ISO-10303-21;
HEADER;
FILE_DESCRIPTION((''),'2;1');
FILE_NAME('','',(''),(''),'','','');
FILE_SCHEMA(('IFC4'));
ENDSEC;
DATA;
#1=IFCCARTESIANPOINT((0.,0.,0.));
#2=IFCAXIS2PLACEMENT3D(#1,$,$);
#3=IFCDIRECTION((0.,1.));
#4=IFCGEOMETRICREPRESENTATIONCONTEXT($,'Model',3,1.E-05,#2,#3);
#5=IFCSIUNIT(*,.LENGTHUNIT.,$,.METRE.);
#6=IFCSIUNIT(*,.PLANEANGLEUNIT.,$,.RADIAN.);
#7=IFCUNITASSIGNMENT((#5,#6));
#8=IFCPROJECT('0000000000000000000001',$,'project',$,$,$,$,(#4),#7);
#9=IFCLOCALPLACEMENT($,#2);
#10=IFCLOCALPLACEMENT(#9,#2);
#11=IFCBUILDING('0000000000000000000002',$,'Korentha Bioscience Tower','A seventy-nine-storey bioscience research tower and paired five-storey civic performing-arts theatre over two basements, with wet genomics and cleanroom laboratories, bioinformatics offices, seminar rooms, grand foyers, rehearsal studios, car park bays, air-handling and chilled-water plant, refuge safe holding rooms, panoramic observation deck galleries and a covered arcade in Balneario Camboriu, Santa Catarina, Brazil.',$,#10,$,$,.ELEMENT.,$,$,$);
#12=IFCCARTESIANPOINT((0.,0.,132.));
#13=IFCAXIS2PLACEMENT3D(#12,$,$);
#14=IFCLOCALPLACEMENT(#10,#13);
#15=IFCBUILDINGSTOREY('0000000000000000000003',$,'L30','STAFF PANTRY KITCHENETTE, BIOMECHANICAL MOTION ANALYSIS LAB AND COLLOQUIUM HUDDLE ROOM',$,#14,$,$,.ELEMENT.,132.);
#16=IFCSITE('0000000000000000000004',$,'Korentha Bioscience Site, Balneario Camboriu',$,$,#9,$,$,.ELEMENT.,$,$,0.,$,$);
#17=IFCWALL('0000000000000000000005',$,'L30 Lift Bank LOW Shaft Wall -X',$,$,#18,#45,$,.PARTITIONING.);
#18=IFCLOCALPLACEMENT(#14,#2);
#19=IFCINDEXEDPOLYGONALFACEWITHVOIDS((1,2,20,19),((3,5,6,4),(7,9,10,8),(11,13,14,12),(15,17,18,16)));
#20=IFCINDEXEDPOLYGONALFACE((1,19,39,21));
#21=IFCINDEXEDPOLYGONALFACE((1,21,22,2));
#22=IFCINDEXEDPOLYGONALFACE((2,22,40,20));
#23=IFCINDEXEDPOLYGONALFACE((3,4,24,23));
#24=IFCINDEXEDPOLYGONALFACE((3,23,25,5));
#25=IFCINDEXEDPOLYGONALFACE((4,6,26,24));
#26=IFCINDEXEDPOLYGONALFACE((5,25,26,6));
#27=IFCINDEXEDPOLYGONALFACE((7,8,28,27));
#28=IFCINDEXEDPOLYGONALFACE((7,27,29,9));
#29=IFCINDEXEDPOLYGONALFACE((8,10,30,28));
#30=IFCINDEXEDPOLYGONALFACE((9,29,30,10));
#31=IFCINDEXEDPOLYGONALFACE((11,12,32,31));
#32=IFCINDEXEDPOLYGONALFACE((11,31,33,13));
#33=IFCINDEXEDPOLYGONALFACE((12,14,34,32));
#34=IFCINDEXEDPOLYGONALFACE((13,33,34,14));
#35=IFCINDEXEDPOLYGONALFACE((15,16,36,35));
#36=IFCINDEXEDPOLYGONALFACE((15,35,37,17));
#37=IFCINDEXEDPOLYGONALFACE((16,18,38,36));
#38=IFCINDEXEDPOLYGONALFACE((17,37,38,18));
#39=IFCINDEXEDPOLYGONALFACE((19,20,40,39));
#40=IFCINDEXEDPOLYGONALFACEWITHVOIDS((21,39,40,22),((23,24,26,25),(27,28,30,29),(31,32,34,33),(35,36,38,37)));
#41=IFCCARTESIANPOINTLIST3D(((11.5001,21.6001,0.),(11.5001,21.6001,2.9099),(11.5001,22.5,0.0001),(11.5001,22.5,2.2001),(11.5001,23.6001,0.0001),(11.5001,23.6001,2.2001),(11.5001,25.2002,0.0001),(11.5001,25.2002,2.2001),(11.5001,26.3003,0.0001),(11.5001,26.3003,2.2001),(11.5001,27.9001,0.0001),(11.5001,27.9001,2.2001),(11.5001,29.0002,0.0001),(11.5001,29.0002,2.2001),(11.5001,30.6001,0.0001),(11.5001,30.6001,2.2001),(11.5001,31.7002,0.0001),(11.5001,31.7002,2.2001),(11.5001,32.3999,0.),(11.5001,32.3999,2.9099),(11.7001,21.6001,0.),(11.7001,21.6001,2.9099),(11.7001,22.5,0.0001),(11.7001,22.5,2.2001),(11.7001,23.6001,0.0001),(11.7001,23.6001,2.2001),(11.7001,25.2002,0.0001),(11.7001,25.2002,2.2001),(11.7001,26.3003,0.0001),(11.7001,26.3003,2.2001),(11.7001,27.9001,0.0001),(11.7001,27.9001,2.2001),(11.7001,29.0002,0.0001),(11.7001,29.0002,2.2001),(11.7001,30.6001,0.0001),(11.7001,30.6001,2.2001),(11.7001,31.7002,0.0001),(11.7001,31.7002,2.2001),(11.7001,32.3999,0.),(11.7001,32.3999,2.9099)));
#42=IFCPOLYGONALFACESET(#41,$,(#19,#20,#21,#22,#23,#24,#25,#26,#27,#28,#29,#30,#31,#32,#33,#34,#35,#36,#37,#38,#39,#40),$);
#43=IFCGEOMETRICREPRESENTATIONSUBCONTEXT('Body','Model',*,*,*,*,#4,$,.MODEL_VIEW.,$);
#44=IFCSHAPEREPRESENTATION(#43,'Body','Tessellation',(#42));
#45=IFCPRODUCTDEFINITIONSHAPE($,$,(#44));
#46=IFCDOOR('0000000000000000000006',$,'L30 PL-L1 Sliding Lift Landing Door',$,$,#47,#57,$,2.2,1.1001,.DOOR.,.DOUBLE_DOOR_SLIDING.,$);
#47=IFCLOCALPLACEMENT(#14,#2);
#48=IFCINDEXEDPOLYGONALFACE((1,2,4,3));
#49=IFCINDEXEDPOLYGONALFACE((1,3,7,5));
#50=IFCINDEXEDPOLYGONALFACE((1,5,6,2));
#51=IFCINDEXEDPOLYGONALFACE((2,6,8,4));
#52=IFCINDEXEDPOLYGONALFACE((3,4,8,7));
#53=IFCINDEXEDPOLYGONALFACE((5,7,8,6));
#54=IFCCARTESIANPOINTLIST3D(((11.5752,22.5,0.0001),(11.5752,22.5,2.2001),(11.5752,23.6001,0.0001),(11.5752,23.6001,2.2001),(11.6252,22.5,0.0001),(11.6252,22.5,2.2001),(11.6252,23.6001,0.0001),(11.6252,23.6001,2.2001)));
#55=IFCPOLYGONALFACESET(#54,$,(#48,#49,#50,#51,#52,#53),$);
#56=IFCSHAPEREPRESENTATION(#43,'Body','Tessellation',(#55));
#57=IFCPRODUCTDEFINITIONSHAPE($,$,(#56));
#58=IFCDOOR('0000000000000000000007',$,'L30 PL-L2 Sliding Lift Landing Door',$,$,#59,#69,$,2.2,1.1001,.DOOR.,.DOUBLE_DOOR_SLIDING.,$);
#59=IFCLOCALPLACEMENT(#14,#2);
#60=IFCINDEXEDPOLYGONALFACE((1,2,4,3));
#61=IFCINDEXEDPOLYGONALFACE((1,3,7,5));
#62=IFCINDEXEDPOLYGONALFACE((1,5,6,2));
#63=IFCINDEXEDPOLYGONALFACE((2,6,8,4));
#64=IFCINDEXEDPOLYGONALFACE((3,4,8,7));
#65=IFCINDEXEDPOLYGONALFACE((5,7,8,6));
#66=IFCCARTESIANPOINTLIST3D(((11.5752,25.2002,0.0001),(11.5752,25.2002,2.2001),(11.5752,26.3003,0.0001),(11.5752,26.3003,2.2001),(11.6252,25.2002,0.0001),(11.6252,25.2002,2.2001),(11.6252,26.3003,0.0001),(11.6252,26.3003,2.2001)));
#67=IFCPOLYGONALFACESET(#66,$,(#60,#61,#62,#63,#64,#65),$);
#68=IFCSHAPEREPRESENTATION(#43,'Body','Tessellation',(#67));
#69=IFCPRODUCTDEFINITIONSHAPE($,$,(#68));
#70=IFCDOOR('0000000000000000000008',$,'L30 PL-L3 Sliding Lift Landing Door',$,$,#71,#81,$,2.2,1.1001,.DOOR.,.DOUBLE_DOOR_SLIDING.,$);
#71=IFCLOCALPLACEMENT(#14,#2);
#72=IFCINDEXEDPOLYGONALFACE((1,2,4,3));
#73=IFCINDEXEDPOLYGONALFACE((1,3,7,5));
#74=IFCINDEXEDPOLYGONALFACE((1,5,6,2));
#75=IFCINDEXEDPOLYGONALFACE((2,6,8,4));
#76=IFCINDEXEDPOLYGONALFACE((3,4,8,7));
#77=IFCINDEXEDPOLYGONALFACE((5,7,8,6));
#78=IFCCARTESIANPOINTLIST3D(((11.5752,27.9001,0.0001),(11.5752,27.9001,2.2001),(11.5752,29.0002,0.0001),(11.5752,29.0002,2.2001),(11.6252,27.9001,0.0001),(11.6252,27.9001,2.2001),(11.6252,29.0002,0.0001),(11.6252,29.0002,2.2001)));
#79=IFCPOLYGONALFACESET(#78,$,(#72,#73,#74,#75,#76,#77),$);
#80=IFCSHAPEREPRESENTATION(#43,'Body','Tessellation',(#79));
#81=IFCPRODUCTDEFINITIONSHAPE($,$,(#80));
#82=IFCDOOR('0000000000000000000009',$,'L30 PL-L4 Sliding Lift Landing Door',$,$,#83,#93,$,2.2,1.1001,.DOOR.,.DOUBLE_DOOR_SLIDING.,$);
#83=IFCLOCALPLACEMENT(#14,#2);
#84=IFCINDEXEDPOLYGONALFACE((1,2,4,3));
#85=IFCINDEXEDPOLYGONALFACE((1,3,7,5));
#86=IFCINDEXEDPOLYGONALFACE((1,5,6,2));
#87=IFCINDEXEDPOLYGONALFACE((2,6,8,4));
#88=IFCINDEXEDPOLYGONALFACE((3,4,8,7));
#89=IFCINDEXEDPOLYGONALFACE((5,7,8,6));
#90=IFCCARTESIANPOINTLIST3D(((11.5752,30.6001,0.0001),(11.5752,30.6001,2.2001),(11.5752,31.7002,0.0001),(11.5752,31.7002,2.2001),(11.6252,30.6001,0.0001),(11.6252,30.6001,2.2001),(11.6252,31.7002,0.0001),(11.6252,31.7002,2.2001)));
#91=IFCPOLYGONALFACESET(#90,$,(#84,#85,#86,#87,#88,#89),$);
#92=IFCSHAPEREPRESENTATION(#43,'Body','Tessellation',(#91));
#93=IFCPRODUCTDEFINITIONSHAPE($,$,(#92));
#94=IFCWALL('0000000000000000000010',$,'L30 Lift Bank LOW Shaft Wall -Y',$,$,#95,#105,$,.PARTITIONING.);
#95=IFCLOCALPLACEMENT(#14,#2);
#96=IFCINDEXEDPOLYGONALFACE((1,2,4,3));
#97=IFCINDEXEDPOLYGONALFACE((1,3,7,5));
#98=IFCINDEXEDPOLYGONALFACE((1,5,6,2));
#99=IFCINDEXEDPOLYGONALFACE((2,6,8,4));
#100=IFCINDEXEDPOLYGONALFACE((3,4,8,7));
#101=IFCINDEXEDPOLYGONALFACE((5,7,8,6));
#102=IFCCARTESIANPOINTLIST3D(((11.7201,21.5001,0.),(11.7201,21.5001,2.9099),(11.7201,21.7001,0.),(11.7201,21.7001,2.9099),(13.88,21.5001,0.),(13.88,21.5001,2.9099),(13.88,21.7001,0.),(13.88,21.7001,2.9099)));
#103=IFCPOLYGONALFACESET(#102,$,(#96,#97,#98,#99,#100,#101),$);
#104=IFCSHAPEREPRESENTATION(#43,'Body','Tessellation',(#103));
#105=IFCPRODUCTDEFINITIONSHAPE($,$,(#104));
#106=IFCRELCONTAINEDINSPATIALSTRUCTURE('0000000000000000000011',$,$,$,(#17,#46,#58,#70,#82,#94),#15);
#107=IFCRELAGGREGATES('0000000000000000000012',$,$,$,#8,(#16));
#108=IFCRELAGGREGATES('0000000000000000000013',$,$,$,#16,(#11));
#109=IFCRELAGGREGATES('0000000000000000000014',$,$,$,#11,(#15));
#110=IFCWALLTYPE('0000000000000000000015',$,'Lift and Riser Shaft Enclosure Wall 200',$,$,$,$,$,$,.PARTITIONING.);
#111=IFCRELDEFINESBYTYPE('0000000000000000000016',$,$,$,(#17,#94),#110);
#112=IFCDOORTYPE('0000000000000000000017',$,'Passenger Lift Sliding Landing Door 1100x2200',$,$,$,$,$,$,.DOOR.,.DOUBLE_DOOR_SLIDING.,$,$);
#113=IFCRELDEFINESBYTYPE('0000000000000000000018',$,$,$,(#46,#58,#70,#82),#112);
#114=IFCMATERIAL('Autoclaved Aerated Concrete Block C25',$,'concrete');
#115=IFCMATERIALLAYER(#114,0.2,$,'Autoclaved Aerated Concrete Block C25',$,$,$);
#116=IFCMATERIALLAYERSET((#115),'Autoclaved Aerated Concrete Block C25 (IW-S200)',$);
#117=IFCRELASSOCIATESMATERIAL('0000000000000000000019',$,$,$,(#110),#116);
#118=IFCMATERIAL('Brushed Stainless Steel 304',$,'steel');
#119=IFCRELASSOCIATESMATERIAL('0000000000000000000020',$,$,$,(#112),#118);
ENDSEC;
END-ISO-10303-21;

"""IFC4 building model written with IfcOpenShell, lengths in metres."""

from ifc_helpers import new_model, si_unit, direction, frame, frame_2d, origin, place, context, subcontext, project, spatial, rectangle, extrude, material, layer, layer_set, type_object, element, fill, save


model = new_model("IFC4")

# Units and contexts
model_context = context("Model", 3, precision=1e-05, world=origin(), true_north=direction((0.0, 1.0)))
body_context = subcontext(model_context, "Body", "Model", "MODEL_VIEW")
ifc_project = project(units=[si_unit("LENGTHUNIT", "METRE"), si_unit("PLANEANGLEUNIT", "RADIAN")], contexts=[model_context])

# Site, building, storey
site_placement = place(None, origin())
site = spatial("IfcSite", under=ifc_project, at=site_placement, Name="Korentha Bioscience Site, Balneario Camboriu", CompositionType="ELEMENT", RefElevation=0.0)
building_placement = place(site_placement, origin())
building = spatial("IfcBuilding", under=site, at=building_placement, Name="Korentha Bioscience Tower", Description="A seventy-nine-storey bioscience research tower and paired five-storey civic performing-arts theatre over two basements, with wet genomics and cleanroom laboratories, bioinformatics offices, seminar rooms, grand foyers, rehearsal studios, car park bays, air-handling and chilled-water plant, refuge safe holding rooms, panoramic observation deck galleries and a covered arcade in Balneario Camboriu, Santa Catarina, Brazil.", CompositionType="ELEMENT")
storey_placement = place(building_placement, frame((0.0, 0.0, 132.0)))
storey = spatial("IfcBuildingStorey", under=building, at=storey_placement, Name="L30", Description="STAFF PANTRY KITCHENETTE, BIOMECHANICAL MOTION ANALYSIS LAB AND COLLOQUIUM HUDDLE ROOM", CompositionType="ELEMENT", Elevation=132.0)

# Wall, openings, doors
ifc_material_1 = material(Name="Autoclaved Aerated Concrete Block C25", Category="concrete")
ifc_layer_1 = layer(ifc_material_1, 0.2, Name="Autoclaved Aerated Concrete Block C25")
ifc_layer_set_1 = layer_set([ifc_layer_1], Name="Autoclaved Aerated Concrete Block C25 (IW-S200)")
wall_type_1 = type_object("IfcWallType", Name="Lift and Riser Shaft Enclosure Wall 200", PredefinedType="PARTITIONING", material=ifc_layer_set_1)
wall_1_placement = place(storey_placement, frame((11.6001, 21.6001, 0.0), z_axis=(0.0, 0.0, 1.0), x_axis=(0.0, 1.0, 0.0)))
wall_1 = element("IfcWall", 1, at=wall_1_placement, inside=storey, type_object=wall_type_1, Name="L30 Lift Bank LOW Shaft Wall -X", PredefinedType="PARTITIONING", context=body_context, shape_type="SweptSolid", body=[
    extrude(rectangle(XDim=10.7998, YDim=0.2, at=frame_2d((5.3999, 0.0))), origin(), (0.0, 0.0, 1.0), 2.9099),
])
opening_1_placement = place(wall_1_placement, frame((0.8999, 0.0, 0.0)))
opening_1 = element("IfcOpeningElement", 2, at=opening_1_placement, cuts=wall_1, PredefinedType="OPENING", context=body_context, shape_type="SweptSolid", body=[
    extrude(rectangle(XDim=1.1001, YDim=2.2, at=frame_2d((0.55, 1.1001))), frame((0.0, 0.1147, 0.0), z_axis=(0.0, -1.0, 0.0), x_axis=(1.0, 0.0, 0.0)), (0.0, 0.0, 1.0), 0.2297),
])
opening_2_placement = place(wall_1_placement, frame((3.6001, 0.0, 0.0)))
opening_2 = element("IfcOpeningElement", 3, at=opening_2_placement, cuts=wall_1, PredefinedType="OPENING", context=body_context, shape_type="SweptSolid", body=[
    extrude(rectangle(XDim=1.1001, YDim=2.2, at=frame_2d((0.55, 1.1001))), frame((0.0, 0.1147, 0.0), z_axis=(0.0, -1.0, 0.0), x_axis=(1.0, 0.0, 0.0)), (0.0, 0.0, 1.0), 0.2297),
])
opening_3_placement = place(wall_1_placement, frame((6.3, 0.0, 0.0)))
opening_3 = element("IfcOpeningElement", 4, at=opening_3_placement, cuts=wall_1, PredefinedType="OPENING", context=body_context, shape_type="SweptSolid", body=[
    extrude(rectangle(XDim=1.1001, YDim=2.2, at=frame_2d((0.55, 1.1001))), frame((0.0, 0.1147, 0.0), z_axis=(0.0, -1.0, 0.0), x_axis=(1.0, 0.0, 0.0)), (0.0, 0.0, 1.0), 0.2297),
])
opening_4_placement = place(wall_1_placement, frame((9.0, 0.0, 0.0)))
opening_4 = element("IfcOpeningElement", 5, at=opening_4_placement, cuts=wall_1, PredefinedType="OPENING", context=body_context, shape_type="SweptSolid", body=[
    extrude(rectangle(XDim=1.1001, YDim=2.2, at=frame_2d((0.55, 1.1001))), frame((0.0, 0.1147, 0.0), z_axis=(0.0, -1.0, 0.0), x_axis=(1.0, 0.0, 0.0)), (0.0, 0.0, 1.0), 0.2297),
])
ifc_material_2 = material(Name="Brushed Stainless Steel 304", Category="steel")
door_type_1 = type_object("IfcDoorType", Name="Passenger Lift Sliding Landing Door 1100x2200", OperationType="DOUBLE_DOOR_SLIDING", PredefinedType="DOOR", material=ifc_material_2)
door_1_placement = place(opening_1_placement, origin())
door_1 = element("IfcDoor", 6, at=door_1_placement, inside=storey, type_object=door_type_1, Name="L30 PL-L1 Sliding Lift Landing Door", OperationType="DOUBLE_DOOR_SLIDING", OverallHeight=2.2, OverallWidth=1.1001, PredefinedType="DOOR", context=body_context, shape_type="SweptSolid", body=[
    extrude(rectangle(XDim=1.1001, YDim=2.2, at=frame_2d((0.55, 1.1001))), frame((0.0, 0.0249, 0.0), z_axis=(0.0, -1.0, 0.0), x_axis=(1.0, 0.0, 0.0)), (0.0, 0.0, 1.0), 0.05),
])
fill(opening_1, door_1)
door_2_placement = place(opening_2_placement, origin())
door_2 = element("IfcDoor", 7, at=door_2_placement, inside=storey, type_object=door_type_1, Name="L30 PL-L2 Sliding Lift Landing Door", OperationType="DOUBLE_DOOR_SLIDING", OverallHeight=2.2, OverallWidth=1.1001, PredefinedType="DOOR", context=body_context, shape_type="SweptSolid", body=[
    extrude(rectangle(XDim=1.1001, YDim=2.2, at=frame_2d((0.55, 1.1001))), frame((0.0, 0.0249, 0.0), z_axis=(0.0, -1.0, 0.0), x_axis=(1.0, 0.0, 0.0)), (0.0, 0.0, 1.0), 0.05),
])
fill(opening_2, door_2)
door_3_placement = place(opening_3_placement, origin())
door_3 = element("IfcDoor", 8, at=door_3_placement, inside=storey, type_object=door_type_1, Name="L30 PL-L3 Sliding Lift Landing Door", OperationType="DOUBLE_DOOR_SLIDING", OverallHeight=2.2, OverallWidth=1.1001, PredefinedType="DOOR", context=body_context, shape_type="SweptSolid", body=[
    extrude(rectangle(XDim=1.1001, YDim=2.2, at=frame_2d((0.55, 1.1001))), frame((0.0, 0.0249, 0.0), z_axis=(0.0, -1.0, 0.0), x_axis=(1.0, 0.0, 0.0)), (0.0, 0.0, 1.0), 0.05),
])
fill(opening_3, door_3)
door_4_placement = place(opening_4_placement, origin())
door_4 = element("IfcDoor", 9, at=door_4_placement, inside=storey, type_object=door_type_1, Name="L30 PL-L4 Sliding Lift Landing Door", OperationType="DOUBLE_DOOR_SLIDING", OverallHeight=2.2, OverallWidth=1.1001, PredefinedType="DOOR", context=body_context, shape_type="SweptSolid", body=[
    extrude(rectangle(XDim=1.1001, YDim=2.2, at=frame_2d((0.55, 1.1001))), frame((0.0, 0.0249, 0.0), z_axis=(0.0, -1.0, 0.0), x_axis=(1.0, 0.0, 0.0)), (0.0, 0.0, 1.0), 0.05),
])
fill(opening_4, door_4)

# Wall
wall_2_placement = place(storey_placement, frame((11.72, 21.6001, 0.0), z_axis=(0.0, 0.0, 1.0), x_axis=(1.0, 0.0, 0.0)))
element("IfcWall", 10, at=wall_2_placement, inside=storey, type_object=wall_type_1, Name="L30 Lift Bank LOW Shaft Wall -Y", PredefinedType="PARTITIONING", context=body_context, shape_type="SweptSolid", body=[
    extrude(rectangle(XDim=2.1599, YDim=0.2, at=frame_2d((1.0801, 0.0))), origin(), (0.0, 0.0, 1.0), 2.9099),
])

save(model, "model.ifc")
